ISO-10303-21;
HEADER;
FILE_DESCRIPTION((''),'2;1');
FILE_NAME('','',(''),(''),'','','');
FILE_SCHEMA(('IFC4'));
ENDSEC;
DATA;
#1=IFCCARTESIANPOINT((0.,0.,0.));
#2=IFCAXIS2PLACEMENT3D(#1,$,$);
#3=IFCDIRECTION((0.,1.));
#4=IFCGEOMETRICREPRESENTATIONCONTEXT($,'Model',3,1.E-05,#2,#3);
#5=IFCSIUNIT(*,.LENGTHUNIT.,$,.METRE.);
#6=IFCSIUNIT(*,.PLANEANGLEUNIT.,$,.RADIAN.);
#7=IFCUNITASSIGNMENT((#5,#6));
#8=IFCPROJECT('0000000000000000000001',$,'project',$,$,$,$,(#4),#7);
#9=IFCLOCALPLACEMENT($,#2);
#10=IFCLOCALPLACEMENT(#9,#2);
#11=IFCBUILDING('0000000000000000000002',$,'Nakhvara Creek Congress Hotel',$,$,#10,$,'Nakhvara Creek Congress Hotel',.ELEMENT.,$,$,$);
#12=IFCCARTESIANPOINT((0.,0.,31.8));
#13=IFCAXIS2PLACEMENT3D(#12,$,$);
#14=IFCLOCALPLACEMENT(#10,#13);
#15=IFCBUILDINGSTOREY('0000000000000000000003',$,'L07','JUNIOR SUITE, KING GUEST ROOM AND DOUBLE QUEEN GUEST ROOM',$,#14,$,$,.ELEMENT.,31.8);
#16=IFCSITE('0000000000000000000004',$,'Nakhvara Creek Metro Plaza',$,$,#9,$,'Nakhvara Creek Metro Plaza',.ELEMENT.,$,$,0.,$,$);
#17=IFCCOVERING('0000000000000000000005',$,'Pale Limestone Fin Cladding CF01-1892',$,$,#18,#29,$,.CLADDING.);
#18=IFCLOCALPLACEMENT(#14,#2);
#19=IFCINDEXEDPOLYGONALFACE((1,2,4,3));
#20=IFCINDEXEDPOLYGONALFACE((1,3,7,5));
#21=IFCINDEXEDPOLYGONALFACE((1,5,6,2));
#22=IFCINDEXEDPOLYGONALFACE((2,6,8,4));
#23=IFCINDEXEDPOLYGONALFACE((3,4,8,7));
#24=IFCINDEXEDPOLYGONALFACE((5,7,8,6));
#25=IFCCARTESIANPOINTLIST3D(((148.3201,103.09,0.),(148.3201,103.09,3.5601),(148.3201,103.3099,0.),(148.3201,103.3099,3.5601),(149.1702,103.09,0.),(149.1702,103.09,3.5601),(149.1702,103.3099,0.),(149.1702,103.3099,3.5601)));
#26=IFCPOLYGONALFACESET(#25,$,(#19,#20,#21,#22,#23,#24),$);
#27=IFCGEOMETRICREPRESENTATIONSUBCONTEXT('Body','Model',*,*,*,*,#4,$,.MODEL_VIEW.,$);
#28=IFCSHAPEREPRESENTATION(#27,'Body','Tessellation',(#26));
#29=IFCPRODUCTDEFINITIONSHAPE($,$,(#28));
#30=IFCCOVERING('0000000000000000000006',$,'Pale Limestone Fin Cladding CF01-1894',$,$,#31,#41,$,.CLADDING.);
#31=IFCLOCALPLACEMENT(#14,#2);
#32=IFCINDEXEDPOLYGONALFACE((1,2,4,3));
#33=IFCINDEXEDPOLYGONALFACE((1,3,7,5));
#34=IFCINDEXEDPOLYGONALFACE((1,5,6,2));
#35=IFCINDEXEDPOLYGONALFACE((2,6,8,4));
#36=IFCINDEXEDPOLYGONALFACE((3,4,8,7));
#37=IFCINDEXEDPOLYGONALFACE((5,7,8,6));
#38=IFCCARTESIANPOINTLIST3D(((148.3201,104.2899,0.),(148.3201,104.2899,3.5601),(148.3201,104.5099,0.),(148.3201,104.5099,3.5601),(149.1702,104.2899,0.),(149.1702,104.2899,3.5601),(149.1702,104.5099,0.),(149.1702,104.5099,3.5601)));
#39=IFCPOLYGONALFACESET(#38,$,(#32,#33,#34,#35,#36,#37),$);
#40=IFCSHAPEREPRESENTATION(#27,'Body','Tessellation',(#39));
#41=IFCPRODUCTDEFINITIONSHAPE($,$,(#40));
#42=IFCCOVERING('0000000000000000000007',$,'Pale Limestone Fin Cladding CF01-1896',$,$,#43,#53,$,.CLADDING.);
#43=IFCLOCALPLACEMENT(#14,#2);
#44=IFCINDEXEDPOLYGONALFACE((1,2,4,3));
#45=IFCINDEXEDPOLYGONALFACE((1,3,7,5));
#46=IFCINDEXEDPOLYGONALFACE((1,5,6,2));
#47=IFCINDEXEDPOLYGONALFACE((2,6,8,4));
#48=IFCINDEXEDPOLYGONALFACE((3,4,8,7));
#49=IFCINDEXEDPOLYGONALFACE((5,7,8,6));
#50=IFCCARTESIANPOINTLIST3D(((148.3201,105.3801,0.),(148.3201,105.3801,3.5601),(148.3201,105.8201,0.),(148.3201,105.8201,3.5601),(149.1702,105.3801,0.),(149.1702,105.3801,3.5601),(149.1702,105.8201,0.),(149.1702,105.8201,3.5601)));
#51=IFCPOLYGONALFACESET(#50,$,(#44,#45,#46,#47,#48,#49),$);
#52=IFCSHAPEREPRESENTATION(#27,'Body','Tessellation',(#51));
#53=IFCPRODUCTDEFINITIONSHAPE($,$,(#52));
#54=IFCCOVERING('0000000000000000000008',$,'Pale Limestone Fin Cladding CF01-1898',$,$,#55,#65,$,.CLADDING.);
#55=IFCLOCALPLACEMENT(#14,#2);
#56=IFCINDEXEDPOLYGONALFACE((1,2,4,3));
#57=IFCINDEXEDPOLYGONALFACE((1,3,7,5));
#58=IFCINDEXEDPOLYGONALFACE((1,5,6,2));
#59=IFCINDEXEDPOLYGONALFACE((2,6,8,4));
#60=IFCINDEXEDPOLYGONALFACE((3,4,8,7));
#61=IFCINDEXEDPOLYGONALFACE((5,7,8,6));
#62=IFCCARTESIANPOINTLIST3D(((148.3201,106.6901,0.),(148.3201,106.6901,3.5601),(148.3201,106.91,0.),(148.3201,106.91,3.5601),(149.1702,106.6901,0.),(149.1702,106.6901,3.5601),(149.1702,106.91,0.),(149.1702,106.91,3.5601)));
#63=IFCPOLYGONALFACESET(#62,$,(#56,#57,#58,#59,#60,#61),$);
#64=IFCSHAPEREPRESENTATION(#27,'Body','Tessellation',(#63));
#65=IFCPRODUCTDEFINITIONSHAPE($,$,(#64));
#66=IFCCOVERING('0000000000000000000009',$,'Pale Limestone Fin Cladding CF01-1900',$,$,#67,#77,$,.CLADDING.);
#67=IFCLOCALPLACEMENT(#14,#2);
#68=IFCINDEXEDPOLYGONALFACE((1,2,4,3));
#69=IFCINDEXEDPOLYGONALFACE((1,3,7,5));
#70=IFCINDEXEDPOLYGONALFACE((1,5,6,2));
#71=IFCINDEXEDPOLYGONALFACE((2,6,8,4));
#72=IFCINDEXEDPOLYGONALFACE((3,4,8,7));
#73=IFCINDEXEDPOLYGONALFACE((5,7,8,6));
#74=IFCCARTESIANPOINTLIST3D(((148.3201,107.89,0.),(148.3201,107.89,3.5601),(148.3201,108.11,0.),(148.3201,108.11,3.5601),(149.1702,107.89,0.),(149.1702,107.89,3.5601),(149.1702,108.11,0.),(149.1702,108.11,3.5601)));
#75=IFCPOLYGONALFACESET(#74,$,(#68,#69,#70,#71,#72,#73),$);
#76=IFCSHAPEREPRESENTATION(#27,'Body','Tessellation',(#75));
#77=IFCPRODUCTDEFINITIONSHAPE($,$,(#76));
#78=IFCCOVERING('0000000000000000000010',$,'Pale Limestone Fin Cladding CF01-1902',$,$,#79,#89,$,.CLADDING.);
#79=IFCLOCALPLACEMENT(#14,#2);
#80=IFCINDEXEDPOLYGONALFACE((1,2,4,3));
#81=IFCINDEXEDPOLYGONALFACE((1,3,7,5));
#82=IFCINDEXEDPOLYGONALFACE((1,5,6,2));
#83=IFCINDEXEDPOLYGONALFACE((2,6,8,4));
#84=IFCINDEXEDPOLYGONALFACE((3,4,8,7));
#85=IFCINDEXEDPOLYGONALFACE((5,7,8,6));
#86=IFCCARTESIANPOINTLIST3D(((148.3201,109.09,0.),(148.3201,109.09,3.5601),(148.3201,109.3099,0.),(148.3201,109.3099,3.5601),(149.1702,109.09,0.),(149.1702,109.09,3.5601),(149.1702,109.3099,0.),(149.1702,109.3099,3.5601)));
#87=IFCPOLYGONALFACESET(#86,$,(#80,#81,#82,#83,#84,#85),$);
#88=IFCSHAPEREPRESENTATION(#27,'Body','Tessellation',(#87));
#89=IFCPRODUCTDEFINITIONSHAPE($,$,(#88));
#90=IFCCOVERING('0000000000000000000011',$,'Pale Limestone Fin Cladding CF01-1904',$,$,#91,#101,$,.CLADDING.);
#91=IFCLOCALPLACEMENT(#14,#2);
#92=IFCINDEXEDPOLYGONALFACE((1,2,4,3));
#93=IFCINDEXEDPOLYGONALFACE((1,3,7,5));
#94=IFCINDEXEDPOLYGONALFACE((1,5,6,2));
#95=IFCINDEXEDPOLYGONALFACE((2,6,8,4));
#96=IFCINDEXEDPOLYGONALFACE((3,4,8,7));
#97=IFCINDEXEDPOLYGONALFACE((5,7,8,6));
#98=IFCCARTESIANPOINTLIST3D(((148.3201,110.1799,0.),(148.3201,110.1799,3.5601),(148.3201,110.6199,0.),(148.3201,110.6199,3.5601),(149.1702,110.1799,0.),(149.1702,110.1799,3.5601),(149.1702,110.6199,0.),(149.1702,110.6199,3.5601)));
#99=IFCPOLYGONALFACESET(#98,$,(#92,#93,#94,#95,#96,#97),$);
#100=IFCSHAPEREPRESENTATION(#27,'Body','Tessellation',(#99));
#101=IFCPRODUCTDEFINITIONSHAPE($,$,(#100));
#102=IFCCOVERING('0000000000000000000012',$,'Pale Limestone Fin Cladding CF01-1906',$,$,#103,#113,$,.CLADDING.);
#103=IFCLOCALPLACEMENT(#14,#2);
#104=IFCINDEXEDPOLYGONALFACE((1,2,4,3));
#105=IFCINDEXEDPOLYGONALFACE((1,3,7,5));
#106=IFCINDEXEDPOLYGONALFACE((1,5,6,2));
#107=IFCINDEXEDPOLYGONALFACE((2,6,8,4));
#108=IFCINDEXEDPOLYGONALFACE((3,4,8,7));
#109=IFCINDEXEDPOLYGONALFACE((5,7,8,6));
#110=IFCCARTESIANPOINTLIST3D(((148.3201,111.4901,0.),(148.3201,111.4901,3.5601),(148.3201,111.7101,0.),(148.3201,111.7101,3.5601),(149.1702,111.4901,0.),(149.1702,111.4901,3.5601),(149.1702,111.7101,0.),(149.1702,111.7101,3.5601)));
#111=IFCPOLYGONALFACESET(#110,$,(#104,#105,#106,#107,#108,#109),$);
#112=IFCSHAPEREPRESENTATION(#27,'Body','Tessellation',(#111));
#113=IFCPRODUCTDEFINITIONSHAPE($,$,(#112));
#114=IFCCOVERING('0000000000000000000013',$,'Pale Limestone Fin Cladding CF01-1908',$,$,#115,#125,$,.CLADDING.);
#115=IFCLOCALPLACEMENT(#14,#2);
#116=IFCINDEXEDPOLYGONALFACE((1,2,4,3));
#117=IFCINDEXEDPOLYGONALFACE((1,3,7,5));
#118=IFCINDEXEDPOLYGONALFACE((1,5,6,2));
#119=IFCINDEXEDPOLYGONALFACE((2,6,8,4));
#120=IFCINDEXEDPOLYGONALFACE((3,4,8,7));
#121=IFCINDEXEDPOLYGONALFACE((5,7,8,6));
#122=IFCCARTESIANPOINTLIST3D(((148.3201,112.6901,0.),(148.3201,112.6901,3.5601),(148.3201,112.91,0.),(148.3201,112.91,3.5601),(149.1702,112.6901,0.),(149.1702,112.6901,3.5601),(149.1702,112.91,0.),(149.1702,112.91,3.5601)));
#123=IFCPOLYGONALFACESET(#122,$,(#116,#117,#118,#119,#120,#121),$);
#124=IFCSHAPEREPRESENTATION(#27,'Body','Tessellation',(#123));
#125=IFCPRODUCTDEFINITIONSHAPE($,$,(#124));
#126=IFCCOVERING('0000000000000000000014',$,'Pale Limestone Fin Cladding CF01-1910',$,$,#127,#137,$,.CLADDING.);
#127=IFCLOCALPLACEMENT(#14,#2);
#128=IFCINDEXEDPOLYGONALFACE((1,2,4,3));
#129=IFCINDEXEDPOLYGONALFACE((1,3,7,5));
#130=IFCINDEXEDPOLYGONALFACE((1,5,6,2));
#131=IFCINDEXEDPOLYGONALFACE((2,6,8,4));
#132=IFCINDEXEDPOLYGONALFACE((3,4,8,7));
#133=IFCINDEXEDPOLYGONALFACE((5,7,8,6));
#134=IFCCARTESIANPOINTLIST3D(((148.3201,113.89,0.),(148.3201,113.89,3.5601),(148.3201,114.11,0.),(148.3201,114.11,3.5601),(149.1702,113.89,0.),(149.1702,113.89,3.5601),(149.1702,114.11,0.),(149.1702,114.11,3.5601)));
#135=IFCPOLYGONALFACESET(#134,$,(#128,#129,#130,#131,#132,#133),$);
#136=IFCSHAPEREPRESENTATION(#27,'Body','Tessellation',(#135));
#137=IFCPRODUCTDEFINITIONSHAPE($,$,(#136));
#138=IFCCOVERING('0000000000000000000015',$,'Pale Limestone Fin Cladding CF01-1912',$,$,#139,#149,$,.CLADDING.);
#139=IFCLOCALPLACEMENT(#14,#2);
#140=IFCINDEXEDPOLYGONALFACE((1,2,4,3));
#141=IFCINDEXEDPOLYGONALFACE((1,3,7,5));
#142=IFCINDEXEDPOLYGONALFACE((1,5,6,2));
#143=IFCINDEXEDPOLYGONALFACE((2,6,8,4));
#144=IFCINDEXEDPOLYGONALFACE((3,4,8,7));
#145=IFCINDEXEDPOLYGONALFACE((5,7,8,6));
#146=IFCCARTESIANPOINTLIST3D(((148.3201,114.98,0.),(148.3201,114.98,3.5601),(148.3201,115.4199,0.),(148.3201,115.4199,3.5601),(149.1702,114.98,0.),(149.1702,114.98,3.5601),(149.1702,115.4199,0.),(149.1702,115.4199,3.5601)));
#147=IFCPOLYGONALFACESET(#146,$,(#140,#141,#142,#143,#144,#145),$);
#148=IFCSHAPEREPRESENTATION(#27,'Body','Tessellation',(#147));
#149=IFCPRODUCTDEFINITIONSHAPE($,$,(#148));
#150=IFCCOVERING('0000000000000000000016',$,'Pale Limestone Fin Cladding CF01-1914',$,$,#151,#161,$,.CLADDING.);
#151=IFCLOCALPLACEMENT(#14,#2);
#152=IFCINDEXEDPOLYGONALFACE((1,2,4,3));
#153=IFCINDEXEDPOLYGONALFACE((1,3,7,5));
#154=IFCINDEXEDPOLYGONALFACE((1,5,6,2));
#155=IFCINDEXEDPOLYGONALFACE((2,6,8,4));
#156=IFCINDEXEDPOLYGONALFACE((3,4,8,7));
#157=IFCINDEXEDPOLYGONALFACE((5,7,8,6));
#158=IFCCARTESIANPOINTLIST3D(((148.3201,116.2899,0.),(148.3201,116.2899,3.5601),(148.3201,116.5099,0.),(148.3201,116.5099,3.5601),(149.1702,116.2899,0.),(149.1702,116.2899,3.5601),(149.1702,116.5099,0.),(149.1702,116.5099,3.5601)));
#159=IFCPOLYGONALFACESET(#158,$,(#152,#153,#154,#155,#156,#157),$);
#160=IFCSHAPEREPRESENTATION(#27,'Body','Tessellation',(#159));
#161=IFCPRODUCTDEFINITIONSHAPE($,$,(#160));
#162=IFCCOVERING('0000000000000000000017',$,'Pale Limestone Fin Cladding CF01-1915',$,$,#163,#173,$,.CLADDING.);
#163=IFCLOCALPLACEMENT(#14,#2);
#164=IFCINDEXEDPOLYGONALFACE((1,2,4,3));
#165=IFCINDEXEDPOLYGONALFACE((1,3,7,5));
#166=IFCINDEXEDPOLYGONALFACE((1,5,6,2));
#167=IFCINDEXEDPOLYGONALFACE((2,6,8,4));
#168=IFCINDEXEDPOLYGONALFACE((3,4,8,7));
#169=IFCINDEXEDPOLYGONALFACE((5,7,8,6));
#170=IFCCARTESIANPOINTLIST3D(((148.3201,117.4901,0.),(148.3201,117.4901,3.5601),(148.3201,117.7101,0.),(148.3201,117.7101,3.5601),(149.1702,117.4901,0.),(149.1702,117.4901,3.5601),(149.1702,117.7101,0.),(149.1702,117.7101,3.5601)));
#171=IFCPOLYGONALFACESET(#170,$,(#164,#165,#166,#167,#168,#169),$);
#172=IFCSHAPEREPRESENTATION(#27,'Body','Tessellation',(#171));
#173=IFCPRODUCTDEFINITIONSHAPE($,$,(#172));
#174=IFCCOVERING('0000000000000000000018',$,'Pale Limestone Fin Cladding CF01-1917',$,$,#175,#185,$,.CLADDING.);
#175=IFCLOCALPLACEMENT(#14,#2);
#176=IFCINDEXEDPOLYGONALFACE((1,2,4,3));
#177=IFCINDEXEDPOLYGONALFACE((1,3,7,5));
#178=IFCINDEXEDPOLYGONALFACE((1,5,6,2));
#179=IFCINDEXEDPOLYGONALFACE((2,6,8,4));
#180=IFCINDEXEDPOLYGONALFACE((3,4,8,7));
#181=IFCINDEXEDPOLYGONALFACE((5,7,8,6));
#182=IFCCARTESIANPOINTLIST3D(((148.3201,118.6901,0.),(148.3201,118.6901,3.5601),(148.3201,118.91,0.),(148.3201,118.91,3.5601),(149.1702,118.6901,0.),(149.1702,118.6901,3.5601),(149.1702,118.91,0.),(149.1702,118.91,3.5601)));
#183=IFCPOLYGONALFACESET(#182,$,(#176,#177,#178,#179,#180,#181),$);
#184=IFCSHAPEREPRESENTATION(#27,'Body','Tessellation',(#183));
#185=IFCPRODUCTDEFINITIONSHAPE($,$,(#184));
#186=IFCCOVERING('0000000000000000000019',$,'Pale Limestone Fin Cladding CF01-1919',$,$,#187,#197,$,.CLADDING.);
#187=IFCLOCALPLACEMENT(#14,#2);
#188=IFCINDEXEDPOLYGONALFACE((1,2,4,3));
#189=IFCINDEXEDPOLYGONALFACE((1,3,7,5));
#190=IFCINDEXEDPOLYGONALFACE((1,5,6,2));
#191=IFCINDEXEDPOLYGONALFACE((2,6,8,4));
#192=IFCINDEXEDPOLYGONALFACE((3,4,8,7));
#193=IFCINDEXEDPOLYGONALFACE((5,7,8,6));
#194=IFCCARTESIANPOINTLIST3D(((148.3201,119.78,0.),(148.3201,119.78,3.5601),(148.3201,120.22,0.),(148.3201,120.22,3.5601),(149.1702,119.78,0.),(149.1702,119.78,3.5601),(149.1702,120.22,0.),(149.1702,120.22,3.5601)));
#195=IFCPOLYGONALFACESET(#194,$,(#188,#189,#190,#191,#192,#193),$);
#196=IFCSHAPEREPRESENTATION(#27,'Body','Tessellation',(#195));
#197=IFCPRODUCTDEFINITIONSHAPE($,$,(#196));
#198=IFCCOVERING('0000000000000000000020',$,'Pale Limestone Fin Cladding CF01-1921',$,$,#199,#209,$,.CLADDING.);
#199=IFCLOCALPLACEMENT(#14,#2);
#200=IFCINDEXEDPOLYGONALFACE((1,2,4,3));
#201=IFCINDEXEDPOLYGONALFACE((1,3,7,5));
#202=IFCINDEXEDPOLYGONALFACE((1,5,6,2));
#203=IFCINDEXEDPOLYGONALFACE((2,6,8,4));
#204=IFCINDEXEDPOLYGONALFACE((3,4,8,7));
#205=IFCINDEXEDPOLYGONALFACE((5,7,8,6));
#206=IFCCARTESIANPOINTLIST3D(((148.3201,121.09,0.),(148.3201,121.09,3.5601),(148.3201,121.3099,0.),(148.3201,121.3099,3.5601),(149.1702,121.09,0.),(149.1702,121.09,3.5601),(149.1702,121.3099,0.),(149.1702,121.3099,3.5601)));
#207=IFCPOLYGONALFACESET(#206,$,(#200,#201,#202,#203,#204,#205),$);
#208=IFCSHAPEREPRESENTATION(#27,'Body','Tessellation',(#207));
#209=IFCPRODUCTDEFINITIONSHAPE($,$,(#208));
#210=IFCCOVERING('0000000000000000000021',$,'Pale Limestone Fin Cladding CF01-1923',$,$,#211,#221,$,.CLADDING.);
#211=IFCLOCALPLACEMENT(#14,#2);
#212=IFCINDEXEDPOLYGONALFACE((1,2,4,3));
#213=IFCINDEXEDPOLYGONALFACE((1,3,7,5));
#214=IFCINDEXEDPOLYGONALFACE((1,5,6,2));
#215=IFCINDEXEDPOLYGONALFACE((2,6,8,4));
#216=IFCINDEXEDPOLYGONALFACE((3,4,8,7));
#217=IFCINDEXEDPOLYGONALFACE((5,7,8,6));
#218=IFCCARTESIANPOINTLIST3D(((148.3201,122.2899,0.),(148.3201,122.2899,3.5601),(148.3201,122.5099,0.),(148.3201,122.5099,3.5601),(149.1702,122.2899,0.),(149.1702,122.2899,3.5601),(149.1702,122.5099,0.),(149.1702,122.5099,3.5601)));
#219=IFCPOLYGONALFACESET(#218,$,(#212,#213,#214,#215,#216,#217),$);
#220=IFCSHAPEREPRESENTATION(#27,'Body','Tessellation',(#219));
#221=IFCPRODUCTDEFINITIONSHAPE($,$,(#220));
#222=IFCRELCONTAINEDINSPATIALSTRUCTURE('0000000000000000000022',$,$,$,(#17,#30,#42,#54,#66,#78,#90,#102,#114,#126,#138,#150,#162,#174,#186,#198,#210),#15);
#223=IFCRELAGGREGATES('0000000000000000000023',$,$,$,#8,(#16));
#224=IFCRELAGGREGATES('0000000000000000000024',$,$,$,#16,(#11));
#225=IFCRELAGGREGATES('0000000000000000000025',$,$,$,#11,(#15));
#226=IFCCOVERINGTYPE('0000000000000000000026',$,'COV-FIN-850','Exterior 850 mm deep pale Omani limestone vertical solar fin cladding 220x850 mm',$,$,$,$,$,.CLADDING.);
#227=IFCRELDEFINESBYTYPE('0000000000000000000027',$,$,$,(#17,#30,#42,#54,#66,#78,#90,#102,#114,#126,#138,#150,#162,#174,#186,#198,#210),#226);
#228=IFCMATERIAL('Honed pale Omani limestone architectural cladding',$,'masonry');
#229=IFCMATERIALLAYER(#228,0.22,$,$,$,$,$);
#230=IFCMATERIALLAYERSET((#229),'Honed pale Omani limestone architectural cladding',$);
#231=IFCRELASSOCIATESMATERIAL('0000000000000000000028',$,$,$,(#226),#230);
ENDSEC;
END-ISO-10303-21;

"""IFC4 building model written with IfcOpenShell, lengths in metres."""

from ifc_helpers import new_model, si_unit, direction, frame, origin, origin_2d, place, context, subcontext, project, spatial, rectangle, extrude, material, layer, layer_set, type_object, element, save


model = new_model("IFC4")

# Units and contexts
model_context = context("Model", 3, precision=1e-05, world=origin(), true_north=direction((0.0, 1.0)))
body_context = subcontext(model_context, "Body", "Model", "MODEL_VIEW")
ifc_project = project(units=[si_unit("LENGTHUNIT", "METRE"), si_unit("PLANEANGLEUNIT", "RADIAN")], contexts=[model_context])

# Site, building, storey
site_placement = place(None, origin())
site = spatial("IfcSite", under=ifc_project, at=site_placement, Name="Nakhvara Creek Metro Plaza", LongName="Nakhvara Creek Metro Plaza", CompositionType="ELEMENT", RefElevation=0.0)
building_placement = place(site_placement, origin())
building = spatial("IfcBuilding", under=site, at=building_placement, Name="Nakhvara Creek Congress Hotel", LongName="Nakhvara Creek Congress Hotel", CompositionType="ELEMENT")
storey_placement = place(building_placement, frame((0.0, 0.0, 31.8)))
storey = spatial("IfcBuildingStorey", under=building, at=storey_placement, Name="L07", Description="JUNIOR SUITE, KING GUEST ROOM AND DOUBLE QUEEN GUEST ROOM", CompositionType="ELEMENT", Elevation=31.8)

# Coverings
ifc_material_1 = material(Name="Honed pale Omani limestone architectural cladding", Category="masonry")
ifc_layer = layer(ifc_material_1, 0.22)
ifc_layer_set = layer_set([ifc_layer], Name="Honed pale Omani limestone architectural cladding")
covering_type = type_object("IfcCoveringType", Name="COV-FIN-850", Description="Exterior 850 mm deep pale Omani limestone vertical solar fin cladding 220x850 mm", PredefinedType="CLADDING", material=ifc_layer_set)
for number, where, z_axis, x_axis, name in (
    (1, (148.7451, 103.2, 0.0), (0.0, 0.0, 1.0), (0.0, 1.0, 0.0), "Pale Limestone Fin Cladding CF01-1892"),
    (2, (148.7451, 104.3999, 0.0), (0.0, 0.0, 1.0), (0.0, 1.0, 0.0), "Pale Limestone Fin Cladding CF01-1894"),
):
    element("IfcCovering", number, at=place(storey_placement, frame(where, z_axis=z_axis, x_axis=x_axis)), inside=storey, type_object=covering_type, Name=name, PredefinedType="CLADDING", context=body_context, shape_type="SweptSolid", body=[
        extrude(rectangle(XDim=0.22, YDim=0.8501, at=origin_2d()), origin(), (0.0, 0.0, 1.0), 3.5601),
    ])
covering_1_placement = place(storey_placement, frame((148.7451, 105.6001, 0.0), z_axis=(0.0, 0.0, 1.0), x_axis=(0.0, 1.0, 0.0)))
element("IfcCovering", 3, at=covering_1_placement, inside=storey, type_object=covering_type, Name="Pale Limestone Fin Cladding CF01-1896", PredefinedType="CLADDING", context=body_context, shape_type="SweptSolid", body=[
    extrude(rectangle(XDim=0.4399, YDim=0.8501, at=origin_2d()), origin(), (0.0, 0.0, 1.0), 3.5601),
])
for number, where, z_axis, x_axis, name in (
    (4, (148.7451, 106.8, 0.0), (0.0, 0.0, 1.0), (0.0, 1.0, 0.0), "Pale Limestone Fin Cladding CF01-1898"),
    (5, (148.7451, 108.0, 0.0), (0.0, 0.0, 1.0), (0.0, 1.0, 0.0), "Pale Limestone Fin Cladding CF01-1900"),
    (6, (148.7451, 109.2, 0.0), (0.0, 0.0, 1.0), (0.0, 1.0, 0.0), "Pale Limestone Fin Cladding CF01-1902"),
):
    element("IfcCovering", number, at=place(storey_placement, frame(where, z_axis=z_axis, x_axis=x_axis)), inside=storey, type_object=covering_type, Name=name, PredefinedType="CLADDING", context=body_context, shape_type="SweptSolid", body=[
        extrude(rectangle(XDim=0.22, YDim=0.8501, at=origin_2d()), origin(), (0.0, 0.0, 1.0), 3.5601),
    ])
covering_2_placement = place(storey_placement, frame((148.7451, 110.3999, 0.0), z_axis=(0.0, 0.0, 1.0), x_axis=(0.0, 1.0, 0.0)))
element("IfcCovering", 7, at=covering_2_placement, inside=storey, type_object=covering_type, Name="Pale Limestone Fin Cladding CF01-1904", PredefinedType="CLADDING", context=body_context, shape_type="SweptSolid", body=[
    extrude(rectangle(XDim=0.4399, YDim=0.8501, at=origin_2d()), origin(), (0.0, 0.0, 1.0), 3.5601),
])
for number, where, z_axis, x_axis, name in (
    (8, (148.7451, 111.6001, 0.0), (0.0, 0.0, 1.0), (0.0, 1.0, 0.0), "Pale Limestone Fin Cladding CF01-1906"),
    (9, (148.7451, 112.8, 0.0), (0.0, 0.0, 1.0), (0.0, 1.0, 0.0), "Pale Limestone Fin Cladding CF01-1908"),
    (10, (148.7451, 114.0, 0.0), (0.0, 0.0, 1.0), (0.0, 1.0, 0.0), "Pale Limestone Fin Cladding CF01-1910"),
):
    element("IfcCovering", number, at=place(storey_placement, frame(where, z_axis=z_axis, x_axis=x_axis)), inside=storey, type_object=covering_type, Name=name, PredefinedType="CLADDING", context=body_context, shape_type="SweptSolid", body=[
        extrude(rectangle(XDim=0.22, YDim=0.8501, at=origin_2d()), origin(), (0.0, 0.0, 1.0), 3.5601),
    ])
covering_3_placement = place(storey_placement, frame((148.7451, 115.2, 0.0), z_axis=(0.0, 0.0, 1.0), x_axis=(0.0, 1.0, 0.0)))
element("IfcCovering", 11, at=covering_3_placement, inside=storey, type_object=covering_type, Name="Pale Limestone Fin Cladding CF01-1912", PredefinedType="CLADDING", context=body_context, shape_type="SweptSolid", body=[
    extrude(rectangle(XDim=0.4399, YDim=0.8501, at=origin_2d()), origin(), (0.0, 0.0, 1.0), 3.5601),
])
for number, where, z_axis, x_axis, name in (
    (12, (148.7451, 116.3999, 0.0), (0.0, 0.0, 1.0), (0.0, 1.0, 0.0), "Pale Limestone Fin Cladding CF01-1914"),
    (13, (148.7451, 117.6001, 0.0), (0.0, 0.0, 1.0), (0.0, 1.0, 0.0), "Pale Limestone Fin Cladding CF01-1915"),
    (14, (148.7451, 118.8, 0.0), (0.0, 0.0, 1.0), (0.0, 1.0, 0.0), "Pale Limestone Fin Cladding CF01-1917"),
):
    element("IfcCovering", number, at=place(storey_placement, frame(where, z_axis=z_axis, x_axis=x_axis)), inside=storey, type_object=covering_type, Name=name, PredefinedType="CLADDING", context=body_context, shape_type="SweptSolid", body=[
        extrude(rectangle(XDim=0.22, YDim=0.8501, at=origin_2d()), origin(), (0.0, 0.0, 1.0), 3.5601),
    ])
covering_4_placement = place(storey_placement, frame((148.7451, 120.0, 0.0), z_axis=(0.0, 0.0, 1.0), x_axis=(0.0, 1.0, 0.0)))
element("IfcCovering", 15, at=covering_4_placement, inside=storey, type_object=covering_type, Name="Pale Limestone Fin Cladding CF01-1919", PredefinedType="CLADDING", context=body_context, shape_type="SweptSolid", body=[
    extrude(rectangle(XDim=0.4399, YDim=0.8501, at=origin_2d()), origin(), (0.0, 0.0, 1.0), 3.5601),
])
for number, where, z_axis, x_axis, name in (
    (16, (148.7451, 121.2, 0.0), (0.0, 0.0, 1.0), (0.0, 1.0, 0.0), "Pale Limestone Fin Cladding CF01-1921"),
    (17, (148.7451, 122.3999, 0.0), (0.0, 0.0, 1.0), (0.0, 1.0, 0.0), "Pale Limestone Fin Cladding CF01-1923"),
):
    element("IfcCovering", number, at=place(storey_placement, frame(where, z_axis=z_axis, x_axis=x_axis)), inside=storey, type_object=covering_type, Name=name, PredefinedType="CLADDING", context=body_context, shape_type="SweptSolid", body=[
        extrude(rectangle(XDim=0.22, YDim=0.8501, at=origin_2d()), origin(), (0.0, 0.0, 1.0), 3.5601),
    ])

save(model, "model.ifc")
